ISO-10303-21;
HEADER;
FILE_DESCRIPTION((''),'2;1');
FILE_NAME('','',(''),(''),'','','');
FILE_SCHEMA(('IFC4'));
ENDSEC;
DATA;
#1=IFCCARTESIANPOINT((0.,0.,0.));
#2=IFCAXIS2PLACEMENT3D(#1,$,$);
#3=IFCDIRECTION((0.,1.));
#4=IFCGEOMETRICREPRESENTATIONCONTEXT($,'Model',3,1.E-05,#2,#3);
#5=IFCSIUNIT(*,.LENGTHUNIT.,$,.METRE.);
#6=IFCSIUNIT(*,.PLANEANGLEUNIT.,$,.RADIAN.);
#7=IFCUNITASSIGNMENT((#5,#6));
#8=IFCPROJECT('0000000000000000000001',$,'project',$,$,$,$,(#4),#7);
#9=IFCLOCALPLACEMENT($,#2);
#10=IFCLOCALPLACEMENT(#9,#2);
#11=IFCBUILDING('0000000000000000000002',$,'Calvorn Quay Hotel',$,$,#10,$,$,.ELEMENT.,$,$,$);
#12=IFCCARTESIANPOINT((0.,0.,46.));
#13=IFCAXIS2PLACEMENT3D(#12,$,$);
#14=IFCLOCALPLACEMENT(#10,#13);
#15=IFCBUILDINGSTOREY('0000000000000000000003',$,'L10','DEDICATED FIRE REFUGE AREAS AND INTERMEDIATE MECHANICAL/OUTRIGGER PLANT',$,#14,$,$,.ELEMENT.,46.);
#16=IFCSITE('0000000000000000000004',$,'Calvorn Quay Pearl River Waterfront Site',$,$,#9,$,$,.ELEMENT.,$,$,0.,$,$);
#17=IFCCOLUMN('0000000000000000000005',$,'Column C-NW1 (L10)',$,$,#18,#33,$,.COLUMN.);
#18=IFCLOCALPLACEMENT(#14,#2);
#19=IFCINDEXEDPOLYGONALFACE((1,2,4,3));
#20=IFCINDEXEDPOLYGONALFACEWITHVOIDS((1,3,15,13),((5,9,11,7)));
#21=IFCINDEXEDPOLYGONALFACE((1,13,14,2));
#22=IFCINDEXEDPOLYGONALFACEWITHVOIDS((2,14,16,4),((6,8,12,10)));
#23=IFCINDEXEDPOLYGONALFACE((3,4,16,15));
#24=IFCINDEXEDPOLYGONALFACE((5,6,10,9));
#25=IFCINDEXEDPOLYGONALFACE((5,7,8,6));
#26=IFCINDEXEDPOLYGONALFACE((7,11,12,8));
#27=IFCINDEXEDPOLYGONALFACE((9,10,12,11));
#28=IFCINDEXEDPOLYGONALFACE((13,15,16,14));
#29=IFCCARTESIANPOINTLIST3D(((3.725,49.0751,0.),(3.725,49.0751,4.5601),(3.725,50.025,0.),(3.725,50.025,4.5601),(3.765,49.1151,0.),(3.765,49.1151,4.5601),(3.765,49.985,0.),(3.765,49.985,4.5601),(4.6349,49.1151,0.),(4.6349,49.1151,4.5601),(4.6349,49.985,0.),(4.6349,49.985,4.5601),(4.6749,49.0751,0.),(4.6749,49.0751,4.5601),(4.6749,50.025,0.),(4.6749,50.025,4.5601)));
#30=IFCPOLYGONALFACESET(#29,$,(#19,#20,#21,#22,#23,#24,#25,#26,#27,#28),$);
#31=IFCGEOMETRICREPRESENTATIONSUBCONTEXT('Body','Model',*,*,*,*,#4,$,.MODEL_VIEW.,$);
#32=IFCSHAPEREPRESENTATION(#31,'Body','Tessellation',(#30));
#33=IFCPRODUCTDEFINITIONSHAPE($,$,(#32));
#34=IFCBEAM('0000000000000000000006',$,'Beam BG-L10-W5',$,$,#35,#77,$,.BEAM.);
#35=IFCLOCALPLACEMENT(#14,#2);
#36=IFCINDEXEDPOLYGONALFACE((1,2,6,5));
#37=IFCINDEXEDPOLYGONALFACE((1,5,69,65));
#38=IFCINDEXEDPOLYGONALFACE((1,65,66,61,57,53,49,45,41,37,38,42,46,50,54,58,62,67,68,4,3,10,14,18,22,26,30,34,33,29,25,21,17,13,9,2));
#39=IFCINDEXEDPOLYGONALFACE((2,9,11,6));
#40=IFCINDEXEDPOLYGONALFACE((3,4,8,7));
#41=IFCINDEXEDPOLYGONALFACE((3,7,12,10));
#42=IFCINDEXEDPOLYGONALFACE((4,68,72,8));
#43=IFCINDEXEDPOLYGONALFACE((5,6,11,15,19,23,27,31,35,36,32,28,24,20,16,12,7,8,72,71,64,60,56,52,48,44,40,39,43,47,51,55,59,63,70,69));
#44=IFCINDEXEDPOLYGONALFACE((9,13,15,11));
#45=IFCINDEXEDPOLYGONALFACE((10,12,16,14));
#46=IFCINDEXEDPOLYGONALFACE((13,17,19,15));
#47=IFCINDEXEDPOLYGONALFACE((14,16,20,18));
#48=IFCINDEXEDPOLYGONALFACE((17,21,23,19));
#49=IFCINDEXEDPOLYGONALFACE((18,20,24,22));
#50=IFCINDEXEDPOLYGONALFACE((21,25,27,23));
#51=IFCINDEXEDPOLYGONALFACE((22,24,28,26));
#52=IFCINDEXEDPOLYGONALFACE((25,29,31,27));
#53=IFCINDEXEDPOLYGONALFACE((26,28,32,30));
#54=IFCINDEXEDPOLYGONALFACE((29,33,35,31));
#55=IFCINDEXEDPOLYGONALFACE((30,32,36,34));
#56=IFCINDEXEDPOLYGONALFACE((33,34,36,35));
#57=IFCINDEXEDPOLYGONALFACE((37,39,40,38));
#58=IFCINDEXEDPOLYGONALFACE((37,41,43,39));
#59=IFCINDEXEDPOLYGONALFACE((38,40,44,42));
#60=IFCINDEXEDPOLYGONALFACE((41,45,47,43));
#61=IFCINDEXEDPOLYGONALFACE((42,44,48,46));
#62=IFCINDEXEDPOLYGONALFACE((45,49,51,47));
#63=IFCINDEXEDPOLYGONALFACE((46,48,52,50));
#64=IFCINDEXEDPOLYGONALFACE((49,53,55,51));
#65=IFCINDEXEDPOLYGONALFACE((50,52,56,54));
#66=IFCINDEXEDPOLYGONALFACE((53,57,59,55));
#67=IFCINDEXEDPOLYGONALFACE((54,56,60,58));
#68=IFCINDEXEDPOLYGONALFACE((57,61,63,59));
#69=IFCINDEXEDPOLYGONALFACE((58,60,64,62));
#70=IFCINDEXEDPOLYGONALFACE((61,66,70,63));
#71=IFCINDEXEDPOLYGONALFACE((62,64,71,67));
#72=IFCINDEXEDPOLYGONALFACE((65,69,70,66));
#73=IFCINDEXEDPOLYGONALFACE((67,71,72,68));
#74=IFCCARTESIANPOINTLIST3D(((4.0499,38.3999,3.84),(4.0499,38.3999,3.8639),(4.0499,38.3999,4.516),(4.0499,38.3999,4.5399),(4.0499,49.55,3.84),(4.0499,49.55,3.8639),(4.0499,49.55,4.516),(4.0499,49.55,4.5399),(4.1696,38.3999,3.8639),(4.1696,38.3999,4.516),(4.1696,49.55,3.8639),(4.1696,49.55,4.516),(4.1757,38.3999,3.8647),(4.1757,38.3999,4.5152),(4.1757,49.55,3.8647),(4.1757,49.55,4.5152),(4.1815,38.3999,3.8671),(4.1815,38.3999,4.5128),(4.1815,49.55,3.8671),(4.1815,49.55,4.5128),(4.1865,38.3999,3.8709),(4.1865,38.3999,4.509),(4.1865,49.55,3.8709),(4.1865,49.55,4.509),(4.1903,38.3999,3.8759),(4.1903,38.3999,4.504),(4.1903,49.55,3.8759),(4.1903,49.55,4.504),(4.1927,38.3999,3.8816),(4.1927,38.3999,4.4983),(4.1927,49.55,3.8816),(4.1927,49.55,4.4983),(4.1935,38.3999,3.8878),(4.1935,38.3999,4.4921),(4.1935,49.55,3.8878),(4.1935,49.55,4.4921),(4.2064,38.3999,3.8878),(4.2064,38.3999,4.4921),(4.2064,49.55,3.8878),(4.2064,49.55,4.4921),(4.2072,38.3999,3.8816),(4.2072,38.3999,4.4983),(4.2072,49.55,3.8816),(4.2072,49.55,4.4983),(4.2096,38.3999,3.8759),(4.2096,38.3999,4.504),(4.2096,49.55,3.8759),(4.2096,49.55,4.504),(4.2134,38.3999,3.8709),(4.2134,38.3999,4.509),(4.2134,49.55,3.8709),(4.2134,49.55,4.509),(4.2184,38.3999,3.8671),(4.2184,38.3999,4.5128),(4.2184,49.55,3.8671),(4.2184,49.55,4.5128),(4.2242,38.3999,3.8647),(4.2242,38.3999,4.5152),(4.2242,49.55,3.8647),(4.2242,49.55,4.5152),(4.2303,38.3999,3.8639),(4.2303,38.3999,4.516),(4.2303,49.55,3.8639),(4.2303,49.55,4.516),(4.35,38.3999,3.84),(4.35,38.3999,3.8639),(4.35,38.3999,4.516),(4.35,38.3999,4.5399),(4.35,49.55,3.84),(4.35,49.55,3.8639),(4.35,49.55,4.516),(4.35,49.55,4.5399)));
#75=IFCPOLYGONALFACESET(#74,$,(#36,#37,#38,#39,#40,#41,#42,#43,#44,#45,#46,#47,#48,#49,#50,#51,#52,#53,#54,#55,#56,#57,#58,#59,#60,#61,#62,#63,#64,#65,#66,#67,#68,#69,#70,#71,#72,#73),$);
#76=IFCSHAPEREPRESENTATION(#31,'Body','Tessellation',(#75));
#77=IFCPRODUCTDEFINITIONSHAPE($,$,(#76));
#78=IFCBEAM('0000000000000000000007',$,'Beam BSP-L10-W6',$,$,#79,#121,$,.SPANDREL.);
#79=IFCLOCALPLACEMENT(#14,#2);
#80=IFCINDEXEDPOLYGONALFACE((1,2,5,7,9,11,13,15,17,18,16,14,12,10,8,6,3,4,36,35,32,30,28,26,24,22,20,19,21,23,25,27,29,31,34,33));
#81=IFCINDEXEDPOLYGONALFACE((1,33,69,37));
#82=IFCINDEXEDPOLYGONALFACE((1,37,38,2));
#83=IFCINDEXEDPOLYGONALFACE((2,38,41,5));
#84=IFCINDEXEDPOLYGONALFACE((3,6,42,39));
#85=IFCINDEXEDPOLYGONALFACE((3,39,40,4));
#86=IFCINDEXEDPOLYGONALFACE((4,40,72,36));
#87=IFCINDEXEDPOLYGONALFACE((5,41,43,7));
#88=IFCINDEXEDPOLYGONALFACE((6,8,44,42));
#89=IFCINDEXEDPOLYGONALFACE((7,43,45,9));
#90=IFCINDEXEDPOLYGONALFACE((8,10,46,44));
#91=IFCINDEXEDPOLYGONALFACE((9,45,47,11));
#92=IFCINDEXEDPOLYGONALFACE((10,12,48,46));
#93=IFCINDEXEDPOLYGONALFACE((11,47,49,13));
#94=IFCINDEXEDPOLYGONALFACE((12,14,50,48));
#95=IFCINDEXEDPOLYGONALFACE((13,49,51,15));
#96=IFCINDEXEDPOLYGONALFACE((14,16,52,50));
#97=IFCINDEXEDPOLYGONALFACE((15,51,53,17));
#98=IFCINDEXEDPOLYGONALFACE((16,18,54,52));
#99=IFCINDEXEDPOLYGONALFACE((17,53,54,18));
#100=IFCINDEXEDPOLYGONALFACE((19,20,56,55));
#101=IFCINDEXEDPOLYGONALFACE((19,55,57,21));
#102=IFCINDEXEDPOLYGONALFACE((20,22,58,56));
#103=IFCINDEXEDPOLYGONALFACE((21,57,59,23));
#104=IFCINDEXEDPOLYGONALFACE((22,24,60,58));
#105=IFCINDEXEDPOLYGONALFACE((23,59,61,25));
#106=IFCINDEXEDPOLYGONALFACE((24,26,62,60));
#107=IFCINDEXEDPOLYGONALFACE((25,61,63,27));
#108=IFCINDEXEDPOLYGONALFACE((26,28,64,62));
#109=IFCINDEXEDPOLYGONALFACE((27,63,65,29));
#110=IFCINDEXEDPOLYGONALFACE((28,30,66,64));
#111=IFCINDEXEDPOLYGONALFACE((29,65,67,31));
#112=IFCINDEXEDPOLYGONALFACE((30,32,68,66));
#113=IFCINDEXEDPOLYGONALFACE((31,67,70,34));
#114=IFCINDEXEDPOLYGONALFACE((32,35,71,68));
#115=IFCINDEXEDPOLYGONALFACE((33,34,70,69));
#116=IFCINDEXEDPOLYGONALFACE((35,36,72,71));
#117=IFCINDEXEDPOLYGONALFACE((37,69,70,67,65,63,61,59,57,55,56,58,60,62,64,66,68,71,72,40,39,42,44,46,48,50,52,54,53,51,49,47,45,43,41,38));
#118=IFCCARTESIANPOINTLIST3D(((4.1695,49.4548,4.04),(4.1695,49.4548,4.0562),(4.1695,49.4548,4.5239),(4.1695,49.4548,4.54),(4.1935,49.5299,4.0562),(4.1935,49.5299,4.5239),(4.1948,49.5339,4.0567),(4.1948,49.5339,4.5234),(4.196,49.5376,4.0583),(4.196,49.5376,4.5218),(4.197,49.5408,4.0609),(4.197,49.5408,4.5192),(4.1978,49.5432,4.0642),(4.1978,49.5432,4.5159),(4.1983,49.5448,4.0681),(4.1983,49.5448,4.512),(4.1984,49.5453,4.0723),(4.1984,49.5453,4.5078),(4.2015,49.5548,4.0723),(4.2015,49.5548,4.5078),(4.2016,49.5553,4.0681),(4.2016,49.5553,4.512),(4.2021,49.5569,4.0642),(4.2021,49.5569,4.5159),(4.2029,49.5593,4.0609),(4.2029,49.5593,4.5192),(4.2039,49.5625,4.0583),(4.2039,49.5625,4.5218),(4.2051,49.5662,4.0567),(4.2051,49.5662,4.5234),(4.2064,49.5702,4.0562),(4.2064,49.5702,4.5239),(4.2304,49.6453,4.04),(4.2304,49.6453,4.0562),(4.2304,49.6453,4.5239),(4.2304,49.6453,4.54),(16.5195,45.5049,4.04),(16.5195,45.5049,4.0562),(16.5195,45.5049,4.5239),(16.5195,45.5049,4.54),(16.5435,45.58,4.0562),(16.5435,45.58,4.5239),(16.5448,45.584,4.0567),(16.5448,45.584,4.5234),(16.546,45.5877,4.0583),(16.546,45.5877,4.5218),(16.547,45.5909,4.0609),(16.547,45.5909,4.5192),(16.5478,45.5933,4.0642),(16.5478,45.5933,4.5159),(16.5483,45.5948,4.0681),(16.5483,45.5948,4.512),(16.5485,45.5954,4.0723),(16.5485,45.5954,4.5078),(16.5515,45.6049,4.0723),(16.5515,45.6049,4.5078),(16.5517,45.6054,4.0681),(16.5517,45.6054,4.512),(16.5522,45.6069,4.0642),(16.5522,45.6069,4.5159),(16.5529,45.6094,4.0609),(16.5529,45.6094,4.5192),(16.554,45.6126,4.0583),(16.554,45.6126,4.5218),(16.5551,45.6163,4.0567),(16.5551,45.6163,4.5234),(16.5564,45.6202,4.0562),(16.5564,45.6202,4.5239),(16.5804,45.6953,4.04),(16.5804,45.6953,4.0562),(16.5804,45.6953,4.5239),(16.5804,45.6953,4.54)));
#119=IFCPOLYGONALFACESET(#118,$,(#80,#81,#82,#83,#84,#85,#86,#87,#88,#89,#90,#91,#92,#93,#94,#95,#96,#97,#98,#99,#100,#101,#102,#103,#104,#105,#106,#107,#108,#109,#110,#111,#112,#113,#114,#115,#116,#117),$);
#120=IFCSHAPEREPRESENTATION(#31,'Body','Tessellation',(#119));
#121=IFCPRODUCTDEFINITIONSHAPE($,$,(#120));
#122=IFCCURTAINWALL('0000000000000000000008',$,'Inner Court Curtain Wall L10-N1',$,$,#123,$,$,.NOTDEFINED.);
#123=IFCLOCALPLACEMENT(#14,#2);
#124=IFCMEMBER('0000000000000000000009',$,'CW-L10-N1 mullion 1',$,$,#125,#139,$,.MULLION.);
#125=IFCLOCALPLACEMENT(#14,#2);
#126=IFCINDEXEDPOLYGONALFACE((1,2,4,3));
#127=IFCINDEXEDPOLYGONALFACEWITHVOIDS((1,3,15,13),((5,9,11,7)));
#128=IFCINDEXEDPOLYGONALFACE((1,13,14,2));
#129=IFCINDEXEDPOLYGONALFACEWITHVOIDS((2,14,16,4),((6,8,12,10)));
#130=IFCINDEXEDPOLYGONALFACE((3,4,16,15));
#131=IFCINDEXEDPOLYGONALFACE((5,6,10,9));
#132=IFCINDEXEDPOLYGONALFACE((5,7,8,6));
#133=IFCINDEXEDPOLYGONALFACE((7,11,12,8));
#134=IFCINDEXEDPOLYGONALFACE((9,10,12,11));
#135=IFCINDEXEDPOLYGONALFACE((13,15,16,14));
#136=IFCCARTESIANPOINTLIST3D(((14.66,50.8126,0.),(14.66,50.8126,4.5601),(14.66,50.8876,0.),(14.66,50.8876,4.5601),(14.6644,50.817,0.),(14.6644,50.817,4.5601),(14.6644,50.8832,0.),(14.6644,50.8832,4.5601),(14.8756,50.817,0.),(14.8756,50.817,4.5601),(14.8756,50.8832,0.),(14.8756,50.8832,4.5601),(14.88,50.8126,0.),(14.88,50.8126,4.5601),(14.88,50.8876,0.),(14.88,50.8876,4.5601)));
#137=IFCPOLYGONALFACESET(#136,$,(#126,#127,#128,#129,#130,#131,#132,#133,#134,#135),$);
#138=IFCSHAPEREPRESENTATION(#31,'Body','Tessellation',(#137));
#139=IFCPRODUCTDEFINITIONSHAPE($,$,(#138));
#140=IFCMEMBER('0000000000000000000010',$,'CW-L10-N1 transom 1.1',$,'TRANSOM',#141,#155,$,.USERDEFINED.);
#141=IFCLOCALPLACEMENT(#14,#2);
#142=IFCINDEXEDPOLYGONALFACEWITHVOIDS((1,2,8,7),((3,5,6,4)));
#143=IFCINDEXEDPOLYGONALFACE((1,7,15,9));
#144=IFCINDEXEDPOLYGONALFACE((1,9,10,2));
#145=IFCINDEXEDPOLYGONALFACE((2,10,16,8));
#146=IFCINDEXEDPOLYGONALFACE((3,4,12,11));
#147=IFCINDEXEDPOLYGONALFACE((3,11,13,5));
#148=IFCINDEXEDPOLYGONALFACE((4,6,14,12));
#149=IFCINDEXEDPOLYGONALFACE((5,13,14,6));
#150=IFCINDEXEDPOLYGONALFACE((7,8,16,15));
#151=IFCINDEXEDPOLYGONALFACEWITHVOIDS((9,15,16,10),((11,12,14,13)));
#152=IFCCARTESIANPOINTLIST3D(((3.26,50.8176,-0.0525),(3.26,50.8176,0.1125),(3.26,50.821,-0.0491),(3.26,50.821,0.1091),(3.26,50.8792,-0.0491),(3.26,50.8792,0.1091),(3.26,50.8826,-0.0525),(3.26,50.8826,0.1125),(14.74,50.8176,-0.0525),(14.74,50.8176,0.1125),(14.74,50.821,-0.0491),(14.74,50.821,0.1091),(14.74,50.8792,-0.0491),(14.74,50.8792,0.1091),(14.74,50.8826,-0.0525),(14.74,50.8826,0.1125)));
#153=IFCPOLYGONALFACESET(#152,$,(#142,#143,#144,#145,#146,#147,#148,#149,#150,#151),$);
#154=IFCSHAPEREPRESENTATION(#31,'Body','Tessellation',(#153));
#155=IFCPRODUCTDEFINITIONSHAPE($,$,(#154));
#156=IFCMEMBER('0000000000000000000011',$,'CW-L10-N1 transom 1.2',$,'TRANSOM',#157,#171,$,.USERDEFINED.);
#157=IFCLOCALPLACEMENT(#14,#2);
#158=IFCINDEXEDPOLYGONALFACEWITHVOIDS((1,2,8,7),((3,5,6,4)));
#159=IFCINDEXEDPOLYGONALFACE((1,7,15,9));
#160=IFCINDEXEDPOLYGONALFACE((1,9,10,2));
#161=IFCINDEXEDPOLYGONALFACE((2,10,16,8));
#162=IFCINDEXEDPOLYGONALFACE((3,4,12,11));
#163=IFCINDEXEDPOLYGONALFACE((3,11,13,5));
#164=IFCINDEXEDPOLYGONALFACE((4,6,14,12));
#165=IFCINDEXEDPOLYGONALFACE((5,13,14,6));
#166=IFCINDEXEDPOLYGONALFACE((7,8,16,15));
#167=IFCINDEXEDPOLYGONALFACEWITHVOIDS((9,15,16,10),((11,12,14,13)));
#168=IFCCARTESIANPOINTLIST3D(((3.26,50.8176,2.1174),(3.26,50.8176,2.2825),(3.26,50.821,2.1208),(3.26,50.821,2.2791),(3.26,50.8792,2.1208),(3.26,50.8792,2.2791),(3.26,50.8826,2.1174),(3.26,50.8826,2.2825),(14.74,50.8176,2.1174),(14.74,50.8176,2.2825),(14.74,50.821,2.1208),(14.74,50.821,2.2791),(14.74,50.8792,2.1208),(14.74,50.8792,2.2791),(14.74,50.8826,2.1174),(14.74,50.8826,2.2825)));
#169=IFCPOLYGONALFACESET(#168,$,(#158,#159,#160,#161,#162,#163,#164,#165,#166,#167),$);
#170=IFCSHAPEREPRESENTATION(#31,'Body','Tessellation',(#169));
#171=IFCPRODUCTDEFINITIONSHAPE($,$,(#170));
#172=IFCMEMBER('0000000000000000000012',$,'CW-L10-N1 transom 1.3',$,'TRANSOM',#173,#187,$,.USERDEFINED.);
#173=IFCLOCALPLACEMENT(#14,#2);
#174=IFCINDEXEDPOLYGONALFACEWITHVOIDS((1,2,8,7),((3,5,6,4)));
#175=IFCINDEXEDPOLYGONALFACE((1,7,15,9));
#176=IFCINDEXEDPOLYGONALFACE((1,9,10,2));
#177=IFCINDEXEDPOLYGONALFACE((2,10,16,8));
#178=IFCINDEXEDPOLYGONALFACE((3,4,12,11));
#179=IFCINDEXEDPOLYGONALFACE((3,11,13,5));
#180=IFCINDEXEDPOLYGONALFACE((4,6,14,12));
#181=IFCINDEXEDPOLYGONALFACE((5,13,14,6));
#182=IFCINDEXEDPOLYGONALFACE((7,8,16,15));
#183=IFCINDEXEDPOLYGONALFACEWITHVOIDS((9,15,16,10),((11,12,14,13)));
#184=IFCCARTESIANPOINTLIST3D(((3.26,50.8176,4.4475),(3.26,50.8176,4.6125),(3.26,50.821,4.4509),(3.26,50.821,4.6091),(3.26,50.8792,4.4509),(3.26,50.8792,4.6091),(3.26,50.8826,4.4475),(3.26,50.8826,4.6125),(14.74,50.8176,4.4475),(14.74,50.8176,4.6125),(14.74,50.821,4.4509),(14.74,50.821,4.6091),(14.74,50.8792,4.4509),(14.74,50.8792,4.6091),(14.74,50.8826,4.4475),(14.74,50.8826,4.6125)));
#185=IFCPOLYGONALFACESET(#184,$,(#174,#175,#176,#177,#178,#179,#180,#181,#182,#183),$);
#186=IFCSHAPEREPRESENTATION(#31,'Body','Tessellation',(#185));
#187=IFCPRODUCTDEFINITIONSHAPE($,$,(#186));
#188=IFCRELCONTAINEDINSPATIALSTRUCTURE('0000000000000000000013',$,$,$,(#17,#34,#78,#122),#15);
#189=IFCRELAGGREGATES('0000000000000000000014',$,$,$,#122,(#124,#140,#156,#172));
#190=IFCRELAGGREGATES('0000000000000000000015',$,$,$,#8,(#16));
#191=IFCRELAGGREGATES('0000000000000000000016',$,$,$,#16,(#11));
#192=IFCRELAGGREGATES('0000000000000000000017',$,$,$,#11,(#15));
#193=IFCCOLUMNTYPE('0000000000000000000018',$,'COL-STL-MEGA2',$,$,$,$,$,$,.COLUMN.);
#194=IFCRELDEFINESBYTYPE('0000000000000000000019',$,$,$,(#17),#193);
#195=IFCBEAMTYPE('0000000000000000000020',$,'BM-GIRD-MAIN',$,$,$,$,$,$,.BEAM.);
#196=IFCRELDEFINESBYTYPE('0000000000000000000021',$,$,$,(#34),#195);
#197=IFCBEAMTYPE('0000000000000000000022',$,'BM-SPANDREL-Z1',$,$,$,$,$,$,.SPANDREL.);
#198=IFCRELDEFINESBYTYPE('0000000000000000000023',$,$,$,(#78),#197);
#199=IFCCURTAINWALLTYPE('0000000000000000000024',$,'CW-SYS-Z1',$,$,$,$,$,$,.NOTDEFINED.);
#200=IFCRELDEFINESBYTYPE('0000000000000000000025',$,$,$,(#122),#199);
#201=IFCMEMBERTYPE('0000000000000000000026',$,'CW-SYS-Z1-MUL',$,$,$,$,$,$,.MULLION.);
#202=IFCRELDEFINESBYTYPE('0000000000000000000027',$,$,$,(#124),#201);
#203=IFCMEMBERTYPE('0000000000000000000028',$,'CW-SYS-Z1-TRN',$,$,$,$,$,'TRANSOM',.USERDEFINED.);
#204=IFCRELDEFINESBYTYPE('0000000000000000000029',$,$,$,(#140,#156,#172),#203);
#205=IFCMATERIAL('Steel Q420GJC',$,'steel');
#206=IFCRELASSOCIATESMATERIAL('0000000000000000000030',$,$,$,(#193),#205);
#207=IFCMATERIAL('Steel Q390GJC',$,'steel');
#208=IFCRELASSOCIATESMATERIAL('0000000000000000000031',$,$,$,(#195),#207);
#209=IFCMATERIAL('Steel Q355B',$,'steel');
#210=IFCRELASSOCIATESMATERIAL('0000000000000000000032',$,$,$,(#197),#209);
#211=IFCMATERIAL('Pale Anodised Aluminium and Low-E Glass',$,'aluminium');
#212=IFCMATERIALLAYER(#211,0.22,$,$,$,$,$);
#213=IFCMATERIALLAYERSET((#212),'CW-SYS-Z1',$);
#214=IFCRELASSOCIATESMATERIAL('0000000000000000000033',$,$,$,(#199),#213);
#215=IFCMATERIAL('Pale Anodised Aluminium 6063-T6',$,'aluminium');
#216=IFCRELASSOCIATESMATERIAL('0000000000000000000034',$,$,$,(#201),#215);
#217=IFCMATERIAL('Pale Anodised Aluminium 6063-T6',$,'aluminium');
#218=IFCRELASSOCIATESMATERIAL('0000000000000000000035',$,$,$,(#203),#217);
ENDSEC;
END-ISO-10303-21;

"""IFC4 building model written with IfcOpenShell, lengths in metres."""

from ifc_helpers import new_model, si_unit, direction, frame, origin, origin_2d, place, context, subcontext, project, spatial, hollow_rectangle, i_section, extrude, material, layer, layer_set, material_profile, profile_set, type_object, element, aggregate, save


model = new_model("IFC4")

# Units and contexts
model_context = context("Model", 3, precision=1e-05, world=origin(), true_north=direction((0.0, 1.0)))
body_context = subcontext(model_context, "Body", "Model", "MODEL_VIEW")
ifc_project = project(units=[si_unit("LENGTHUNIT", "METRE"), si_unit("PLANEANGLEUNIT", "RADIAN")], contexts=[model_context])

# Site, building, storey
site_placement = place(None, origin())
site = spatial("IfcSite", under=ifc_project, at=site_placement, Name="Calvorn Quay Pearl River Waterfront Site", CompositionType="ELEMENT", RefElevation=0.0)
building_placement = place(site_placement, origin())
building = spatial("IfcBuilding", under=site, at=building_placement, Name="Calvorn Quay Hotel", CompositionType="ELEMENT")
storey_placement = place(building_placement, frame((0.0, 0.0, 46.0)))
storey = spatial("IfcBuildingStorey", under=building, at=storey_placement, Name="L10", Description="DEDICATED FIRE REFUGE AREAS AND INTERMEDIATE MECHANICAL/OUTRIGGER PLANT", CompositionType="ELEMENT", Elevation=46.0)

# Column
ifc_material_1 = material(Name="Steel Q420GJC", Category="steel")
ifc_material_profile_1 = material_profile(ifc_material_1, hollow_rectangle(XDim=0.95, YDim=0.95, WallThickness=0.04, at=origin_2d()), Name="BOX950x950x40")
ifc_profile_set_1 = profile_set([ifc_material_profile_1], Name="Steel Q420GJC")
column_type = type_object("IfcColumnType", Name="COL-STL-MEGA2", PredefinedType="COLUMN", material=ifc_profile_set_1)
column_placement = place(storey_placement, frame((4.2, 49.55, 0.0), z_axis=(0.0, 0.0, 1.0), x_axis=(1.0, 0.0, 0.0)))
element("IfcColumn", 1, at=column_placement, inside=storey, type_object=column_type, Name="Column C-NW1 (L10)", PredefinedType="COLUMN", context=body_context, shape_type="SweptSolid", body=[
    extrude(hollow_rectangle(XDim=0.95, YDim=0.95, WallThickness=0.04, at=origin_2d()), origin(), (0.0, 0.0, 1.0), 4.5601),
])

# Beams
ifc_material_2 = material(Name="Steel Q390GJC", Category="steel")
ifc_material_profile_2 = material_profile(ifc_material_2, i_section(OverallWidth=0.3, OverallDepth=0.7, WebThickness=0.0129, FlangeThickness=0.0239, FilletRadius=0.0239, at=origin_2d()), Name="HN700x300x13x24")
ifc_profile_set_2 = profile_set([ifc_material_profile_2], Name="Steel Q390GJC")
beam_type_1 = type_object("IfcBeamType", Name="BM-GIRD-MAIN", PredefinedType="BEAM", material=ifc_profile_set_2)
beam_1_placement = place(storey_placement, frame((4.2, 49.55, 4.1899), z_axis=(0.0, -1.0, 0.0), x_axis=(1.0, 0.0, 0.0)))
element("IfcBeam", 2, at=beam_1_placement, inside=storey, type_object=beam_type_1, Name="Beam BG-L10-W5", PredefinedType="BEAM", context=body_context, shape_type="SweptSolid", body=[
    extrude(i_section(OverallWidth=0.3, OverallDepth=0.7, WebThickness=0.0129, FlangeThickness=0.0239, FilletRadius=0.0239, at=origin_2d()), origin(), (0.0, 0.0, 1.0), 11.1501),
])
ifc_material_3 = material(Name="Steel Q355B", Category="steel")
ifc_material_profile_3 = material_profile(ifc_material_3, i_section(OverallWidth=0.2, OverallDepth=0.5, WebThickness=0.01, FlangeThickness=0.0161, FilletRadius=0.0161, at=origin_2d()), Name="HN500x200x10x16")
ifc_profile_set_3 = profile_set([ifc_material_profile_3], Name="Steel Q355B")
beam_type_2 = type_object("IfcBeamType", Name="BM-SPANDREL-Z1", PredefinedType="SPANDREL", material=ifc_profile_set_3)
beam_2_placement = place(storey_placement, frame((4.2, 49.55, 4.29), z_axis=(0.952471, -0.30463, 0.0), x_axis=(0.30463, 0.952471, 0.0)))
element("IfcBeam", 3, at=beam_2_placement, inside=storey, type_object=beam_type_2, Name="Beam BSP-L10-W6", PredefinedType="SPANDREL", context=body_context, shape_type="SweptSolid", body=[
    extrude(i_section(OverallWidth=0.2, OverallDepth=0.5, WebThickness=0.01, FlangeThickness=0.0161, FilletRadius=0.0161, at=origin_2d()), origin(), (0.0, 0.0, 1.0), 12.9663),
])

# Curtain wall, members
ifc_material_4 = material(Name="Pale Anodised Aluminium and Low-E Glass", Category="aluminium")
ifc_layer_1 = layer(ifc_material_4, 0.22)
ifc_layer_set_1 = layer_set([ifc_layer_1], Name="CW-SYS-Z1")
curtain_wall_type = type_object("IfcCurtainWallType", Name="CW-SYS-Z1", PredefinedType="NOTDEFINED", material=ifc_layer_set_1)
curtain_wall_placement = place(storey_placement, origin())
curtain_wall = element("IfcCurtainWall", 4, at=curtain_wall_placement, inside=storey, type_object=curtain_wall_type, Name="Inner Court Curtain Wall L10-N1", PredefinedType="NOTDEFINED")
ifc_material_5 = material(Name="Pale Anodised Aluminium 6063-T6", Category="aluminium")
ifc_material_profile_4 = material_profile(ifc_material_5, hollow_rectangle(XDim=0.075, YDim=0.22, WallThickness=0.0044, at=origin_2d()), Name="ALU-M220x75x4.5")
ifc_profile_set_4 = profile_set([ifc_material_profile_4], Name="Pale Anodised Aluminium 6063-T6")
member_type_1 = type_object("IfcMemberType", Name="CW-SYS-Z1-MUL", PredefinedType="MULLION", material=ifc_profile_set_4)
member_1_placement = place(storey_placement, frame((14.77, 50.8501, 0.0), z_axis=(0.0, 0.0, 1.0), x_axis=(0.0, -1.0, 0.0)))
member_1 = element("IfcMember", 5, at=member_1_placement, type_object=member_type_1, Name="CW-L10-N1 mullion 1", PredefinedType="MULLION", context=body_context, shape_type="SweptSolid", body=[
    extrude(hollow_rectangle(XDim=0.075, YDim=0.22, WallThickness=0.0044, at=origin_2d()), origin(), (0.0, 0.0, 1.0), 4.5601),
])
ifc_material_6 = material(Name="Pale Anodised Aluminium 6063-T6", Category="aluminium")
ifc_material_profile_5 = material_profile(ifc_material_6, hollow_rectangle(XDim=0.0649, YDim=0.165, WallThickness=0.0034, at=origin_2d()), Name="ALU-T165x65x3.5")
ifc_profile_set_5 = profile_set([ifc_material_profile_5], Name="Pale Anodised Aluminium 6063-T6")
member_type_2 = type_object("IfcMemberType", Name="CW-SYS-Z1-TRN", ElementType="TRANSOM", PredefinedType="USERDEFINED", material=ifc_profile_set_5)
member_2_placement = place(storey_placement, frame((14.74, 50.8501, 0.03), z_axis=(-1.0, 0.0, 0.0), x_axis=(0.0, -1.0, 0.0)))
member_2 = element("IfcMember", 6, at=member_2_placement, type_object=member_type_2, Name="CW-L10-N1 transom 1.1", ObjectType="TRANSOM", PredefinedType="USERDEFINED", context=body_context, shape_type="SweptSolid", body=[
    extrude(hollow_rectangle(XDim=0.0649, YDim=0.165, WallThickness=0.0034, at=origin_2d()), origin(), (0.0, 0.0, 1.0), 11.48),
])
member_3_placement = place(storey_placement, frame((14.74, 50.8501, 2.2), z_axis=(-1.0, 0.0, 0.0), x_axis=(0.0, -1.0, 0.0)))
member_3 = element("IfcMember", 7, at=member_3_placement, type_object=member_type_2, Name="CW-L10-N1 transom 1.2", ObjectType="TRANSOM", PredefinedType="USERDEFINED", context=body_context, shape_type="SweptSolid", body=[
    extrude(hollow_rectangle(XDim=0.0649, YDim=0.165, WallThickness=0.0034, at=origin_2d()), origin(), (0.0, 0.0, 1.0), 11.48),
])
member_4_placement = place(storey_placement, frame((14.74, 50.8501, 4.53), z_axis=(-1.0, 0.0, 0.0), x_axis=(0.0, -1.0, 0.0)))
member_4 = element("IfcMember", 8, at=member_4_placement, type_object=member_type_2, Name="CW-L10-N1 transom 1.3", ObjectType="TRANSOM", PredefinedType="USERDEFINED", context=body_context, shape_type="SweptSolid", body=[
    extrude(hollow_rectangle(XDim=0.0649, YDim=0.165, WallThickness=0.0034, at=origin_2d()), origin(), (0.0, 0.0, 1.0), 11.48),
])

aggregate(curtain_wall, [member_1, member_2, member_3, member_4])

save(model, "model.ifc")
